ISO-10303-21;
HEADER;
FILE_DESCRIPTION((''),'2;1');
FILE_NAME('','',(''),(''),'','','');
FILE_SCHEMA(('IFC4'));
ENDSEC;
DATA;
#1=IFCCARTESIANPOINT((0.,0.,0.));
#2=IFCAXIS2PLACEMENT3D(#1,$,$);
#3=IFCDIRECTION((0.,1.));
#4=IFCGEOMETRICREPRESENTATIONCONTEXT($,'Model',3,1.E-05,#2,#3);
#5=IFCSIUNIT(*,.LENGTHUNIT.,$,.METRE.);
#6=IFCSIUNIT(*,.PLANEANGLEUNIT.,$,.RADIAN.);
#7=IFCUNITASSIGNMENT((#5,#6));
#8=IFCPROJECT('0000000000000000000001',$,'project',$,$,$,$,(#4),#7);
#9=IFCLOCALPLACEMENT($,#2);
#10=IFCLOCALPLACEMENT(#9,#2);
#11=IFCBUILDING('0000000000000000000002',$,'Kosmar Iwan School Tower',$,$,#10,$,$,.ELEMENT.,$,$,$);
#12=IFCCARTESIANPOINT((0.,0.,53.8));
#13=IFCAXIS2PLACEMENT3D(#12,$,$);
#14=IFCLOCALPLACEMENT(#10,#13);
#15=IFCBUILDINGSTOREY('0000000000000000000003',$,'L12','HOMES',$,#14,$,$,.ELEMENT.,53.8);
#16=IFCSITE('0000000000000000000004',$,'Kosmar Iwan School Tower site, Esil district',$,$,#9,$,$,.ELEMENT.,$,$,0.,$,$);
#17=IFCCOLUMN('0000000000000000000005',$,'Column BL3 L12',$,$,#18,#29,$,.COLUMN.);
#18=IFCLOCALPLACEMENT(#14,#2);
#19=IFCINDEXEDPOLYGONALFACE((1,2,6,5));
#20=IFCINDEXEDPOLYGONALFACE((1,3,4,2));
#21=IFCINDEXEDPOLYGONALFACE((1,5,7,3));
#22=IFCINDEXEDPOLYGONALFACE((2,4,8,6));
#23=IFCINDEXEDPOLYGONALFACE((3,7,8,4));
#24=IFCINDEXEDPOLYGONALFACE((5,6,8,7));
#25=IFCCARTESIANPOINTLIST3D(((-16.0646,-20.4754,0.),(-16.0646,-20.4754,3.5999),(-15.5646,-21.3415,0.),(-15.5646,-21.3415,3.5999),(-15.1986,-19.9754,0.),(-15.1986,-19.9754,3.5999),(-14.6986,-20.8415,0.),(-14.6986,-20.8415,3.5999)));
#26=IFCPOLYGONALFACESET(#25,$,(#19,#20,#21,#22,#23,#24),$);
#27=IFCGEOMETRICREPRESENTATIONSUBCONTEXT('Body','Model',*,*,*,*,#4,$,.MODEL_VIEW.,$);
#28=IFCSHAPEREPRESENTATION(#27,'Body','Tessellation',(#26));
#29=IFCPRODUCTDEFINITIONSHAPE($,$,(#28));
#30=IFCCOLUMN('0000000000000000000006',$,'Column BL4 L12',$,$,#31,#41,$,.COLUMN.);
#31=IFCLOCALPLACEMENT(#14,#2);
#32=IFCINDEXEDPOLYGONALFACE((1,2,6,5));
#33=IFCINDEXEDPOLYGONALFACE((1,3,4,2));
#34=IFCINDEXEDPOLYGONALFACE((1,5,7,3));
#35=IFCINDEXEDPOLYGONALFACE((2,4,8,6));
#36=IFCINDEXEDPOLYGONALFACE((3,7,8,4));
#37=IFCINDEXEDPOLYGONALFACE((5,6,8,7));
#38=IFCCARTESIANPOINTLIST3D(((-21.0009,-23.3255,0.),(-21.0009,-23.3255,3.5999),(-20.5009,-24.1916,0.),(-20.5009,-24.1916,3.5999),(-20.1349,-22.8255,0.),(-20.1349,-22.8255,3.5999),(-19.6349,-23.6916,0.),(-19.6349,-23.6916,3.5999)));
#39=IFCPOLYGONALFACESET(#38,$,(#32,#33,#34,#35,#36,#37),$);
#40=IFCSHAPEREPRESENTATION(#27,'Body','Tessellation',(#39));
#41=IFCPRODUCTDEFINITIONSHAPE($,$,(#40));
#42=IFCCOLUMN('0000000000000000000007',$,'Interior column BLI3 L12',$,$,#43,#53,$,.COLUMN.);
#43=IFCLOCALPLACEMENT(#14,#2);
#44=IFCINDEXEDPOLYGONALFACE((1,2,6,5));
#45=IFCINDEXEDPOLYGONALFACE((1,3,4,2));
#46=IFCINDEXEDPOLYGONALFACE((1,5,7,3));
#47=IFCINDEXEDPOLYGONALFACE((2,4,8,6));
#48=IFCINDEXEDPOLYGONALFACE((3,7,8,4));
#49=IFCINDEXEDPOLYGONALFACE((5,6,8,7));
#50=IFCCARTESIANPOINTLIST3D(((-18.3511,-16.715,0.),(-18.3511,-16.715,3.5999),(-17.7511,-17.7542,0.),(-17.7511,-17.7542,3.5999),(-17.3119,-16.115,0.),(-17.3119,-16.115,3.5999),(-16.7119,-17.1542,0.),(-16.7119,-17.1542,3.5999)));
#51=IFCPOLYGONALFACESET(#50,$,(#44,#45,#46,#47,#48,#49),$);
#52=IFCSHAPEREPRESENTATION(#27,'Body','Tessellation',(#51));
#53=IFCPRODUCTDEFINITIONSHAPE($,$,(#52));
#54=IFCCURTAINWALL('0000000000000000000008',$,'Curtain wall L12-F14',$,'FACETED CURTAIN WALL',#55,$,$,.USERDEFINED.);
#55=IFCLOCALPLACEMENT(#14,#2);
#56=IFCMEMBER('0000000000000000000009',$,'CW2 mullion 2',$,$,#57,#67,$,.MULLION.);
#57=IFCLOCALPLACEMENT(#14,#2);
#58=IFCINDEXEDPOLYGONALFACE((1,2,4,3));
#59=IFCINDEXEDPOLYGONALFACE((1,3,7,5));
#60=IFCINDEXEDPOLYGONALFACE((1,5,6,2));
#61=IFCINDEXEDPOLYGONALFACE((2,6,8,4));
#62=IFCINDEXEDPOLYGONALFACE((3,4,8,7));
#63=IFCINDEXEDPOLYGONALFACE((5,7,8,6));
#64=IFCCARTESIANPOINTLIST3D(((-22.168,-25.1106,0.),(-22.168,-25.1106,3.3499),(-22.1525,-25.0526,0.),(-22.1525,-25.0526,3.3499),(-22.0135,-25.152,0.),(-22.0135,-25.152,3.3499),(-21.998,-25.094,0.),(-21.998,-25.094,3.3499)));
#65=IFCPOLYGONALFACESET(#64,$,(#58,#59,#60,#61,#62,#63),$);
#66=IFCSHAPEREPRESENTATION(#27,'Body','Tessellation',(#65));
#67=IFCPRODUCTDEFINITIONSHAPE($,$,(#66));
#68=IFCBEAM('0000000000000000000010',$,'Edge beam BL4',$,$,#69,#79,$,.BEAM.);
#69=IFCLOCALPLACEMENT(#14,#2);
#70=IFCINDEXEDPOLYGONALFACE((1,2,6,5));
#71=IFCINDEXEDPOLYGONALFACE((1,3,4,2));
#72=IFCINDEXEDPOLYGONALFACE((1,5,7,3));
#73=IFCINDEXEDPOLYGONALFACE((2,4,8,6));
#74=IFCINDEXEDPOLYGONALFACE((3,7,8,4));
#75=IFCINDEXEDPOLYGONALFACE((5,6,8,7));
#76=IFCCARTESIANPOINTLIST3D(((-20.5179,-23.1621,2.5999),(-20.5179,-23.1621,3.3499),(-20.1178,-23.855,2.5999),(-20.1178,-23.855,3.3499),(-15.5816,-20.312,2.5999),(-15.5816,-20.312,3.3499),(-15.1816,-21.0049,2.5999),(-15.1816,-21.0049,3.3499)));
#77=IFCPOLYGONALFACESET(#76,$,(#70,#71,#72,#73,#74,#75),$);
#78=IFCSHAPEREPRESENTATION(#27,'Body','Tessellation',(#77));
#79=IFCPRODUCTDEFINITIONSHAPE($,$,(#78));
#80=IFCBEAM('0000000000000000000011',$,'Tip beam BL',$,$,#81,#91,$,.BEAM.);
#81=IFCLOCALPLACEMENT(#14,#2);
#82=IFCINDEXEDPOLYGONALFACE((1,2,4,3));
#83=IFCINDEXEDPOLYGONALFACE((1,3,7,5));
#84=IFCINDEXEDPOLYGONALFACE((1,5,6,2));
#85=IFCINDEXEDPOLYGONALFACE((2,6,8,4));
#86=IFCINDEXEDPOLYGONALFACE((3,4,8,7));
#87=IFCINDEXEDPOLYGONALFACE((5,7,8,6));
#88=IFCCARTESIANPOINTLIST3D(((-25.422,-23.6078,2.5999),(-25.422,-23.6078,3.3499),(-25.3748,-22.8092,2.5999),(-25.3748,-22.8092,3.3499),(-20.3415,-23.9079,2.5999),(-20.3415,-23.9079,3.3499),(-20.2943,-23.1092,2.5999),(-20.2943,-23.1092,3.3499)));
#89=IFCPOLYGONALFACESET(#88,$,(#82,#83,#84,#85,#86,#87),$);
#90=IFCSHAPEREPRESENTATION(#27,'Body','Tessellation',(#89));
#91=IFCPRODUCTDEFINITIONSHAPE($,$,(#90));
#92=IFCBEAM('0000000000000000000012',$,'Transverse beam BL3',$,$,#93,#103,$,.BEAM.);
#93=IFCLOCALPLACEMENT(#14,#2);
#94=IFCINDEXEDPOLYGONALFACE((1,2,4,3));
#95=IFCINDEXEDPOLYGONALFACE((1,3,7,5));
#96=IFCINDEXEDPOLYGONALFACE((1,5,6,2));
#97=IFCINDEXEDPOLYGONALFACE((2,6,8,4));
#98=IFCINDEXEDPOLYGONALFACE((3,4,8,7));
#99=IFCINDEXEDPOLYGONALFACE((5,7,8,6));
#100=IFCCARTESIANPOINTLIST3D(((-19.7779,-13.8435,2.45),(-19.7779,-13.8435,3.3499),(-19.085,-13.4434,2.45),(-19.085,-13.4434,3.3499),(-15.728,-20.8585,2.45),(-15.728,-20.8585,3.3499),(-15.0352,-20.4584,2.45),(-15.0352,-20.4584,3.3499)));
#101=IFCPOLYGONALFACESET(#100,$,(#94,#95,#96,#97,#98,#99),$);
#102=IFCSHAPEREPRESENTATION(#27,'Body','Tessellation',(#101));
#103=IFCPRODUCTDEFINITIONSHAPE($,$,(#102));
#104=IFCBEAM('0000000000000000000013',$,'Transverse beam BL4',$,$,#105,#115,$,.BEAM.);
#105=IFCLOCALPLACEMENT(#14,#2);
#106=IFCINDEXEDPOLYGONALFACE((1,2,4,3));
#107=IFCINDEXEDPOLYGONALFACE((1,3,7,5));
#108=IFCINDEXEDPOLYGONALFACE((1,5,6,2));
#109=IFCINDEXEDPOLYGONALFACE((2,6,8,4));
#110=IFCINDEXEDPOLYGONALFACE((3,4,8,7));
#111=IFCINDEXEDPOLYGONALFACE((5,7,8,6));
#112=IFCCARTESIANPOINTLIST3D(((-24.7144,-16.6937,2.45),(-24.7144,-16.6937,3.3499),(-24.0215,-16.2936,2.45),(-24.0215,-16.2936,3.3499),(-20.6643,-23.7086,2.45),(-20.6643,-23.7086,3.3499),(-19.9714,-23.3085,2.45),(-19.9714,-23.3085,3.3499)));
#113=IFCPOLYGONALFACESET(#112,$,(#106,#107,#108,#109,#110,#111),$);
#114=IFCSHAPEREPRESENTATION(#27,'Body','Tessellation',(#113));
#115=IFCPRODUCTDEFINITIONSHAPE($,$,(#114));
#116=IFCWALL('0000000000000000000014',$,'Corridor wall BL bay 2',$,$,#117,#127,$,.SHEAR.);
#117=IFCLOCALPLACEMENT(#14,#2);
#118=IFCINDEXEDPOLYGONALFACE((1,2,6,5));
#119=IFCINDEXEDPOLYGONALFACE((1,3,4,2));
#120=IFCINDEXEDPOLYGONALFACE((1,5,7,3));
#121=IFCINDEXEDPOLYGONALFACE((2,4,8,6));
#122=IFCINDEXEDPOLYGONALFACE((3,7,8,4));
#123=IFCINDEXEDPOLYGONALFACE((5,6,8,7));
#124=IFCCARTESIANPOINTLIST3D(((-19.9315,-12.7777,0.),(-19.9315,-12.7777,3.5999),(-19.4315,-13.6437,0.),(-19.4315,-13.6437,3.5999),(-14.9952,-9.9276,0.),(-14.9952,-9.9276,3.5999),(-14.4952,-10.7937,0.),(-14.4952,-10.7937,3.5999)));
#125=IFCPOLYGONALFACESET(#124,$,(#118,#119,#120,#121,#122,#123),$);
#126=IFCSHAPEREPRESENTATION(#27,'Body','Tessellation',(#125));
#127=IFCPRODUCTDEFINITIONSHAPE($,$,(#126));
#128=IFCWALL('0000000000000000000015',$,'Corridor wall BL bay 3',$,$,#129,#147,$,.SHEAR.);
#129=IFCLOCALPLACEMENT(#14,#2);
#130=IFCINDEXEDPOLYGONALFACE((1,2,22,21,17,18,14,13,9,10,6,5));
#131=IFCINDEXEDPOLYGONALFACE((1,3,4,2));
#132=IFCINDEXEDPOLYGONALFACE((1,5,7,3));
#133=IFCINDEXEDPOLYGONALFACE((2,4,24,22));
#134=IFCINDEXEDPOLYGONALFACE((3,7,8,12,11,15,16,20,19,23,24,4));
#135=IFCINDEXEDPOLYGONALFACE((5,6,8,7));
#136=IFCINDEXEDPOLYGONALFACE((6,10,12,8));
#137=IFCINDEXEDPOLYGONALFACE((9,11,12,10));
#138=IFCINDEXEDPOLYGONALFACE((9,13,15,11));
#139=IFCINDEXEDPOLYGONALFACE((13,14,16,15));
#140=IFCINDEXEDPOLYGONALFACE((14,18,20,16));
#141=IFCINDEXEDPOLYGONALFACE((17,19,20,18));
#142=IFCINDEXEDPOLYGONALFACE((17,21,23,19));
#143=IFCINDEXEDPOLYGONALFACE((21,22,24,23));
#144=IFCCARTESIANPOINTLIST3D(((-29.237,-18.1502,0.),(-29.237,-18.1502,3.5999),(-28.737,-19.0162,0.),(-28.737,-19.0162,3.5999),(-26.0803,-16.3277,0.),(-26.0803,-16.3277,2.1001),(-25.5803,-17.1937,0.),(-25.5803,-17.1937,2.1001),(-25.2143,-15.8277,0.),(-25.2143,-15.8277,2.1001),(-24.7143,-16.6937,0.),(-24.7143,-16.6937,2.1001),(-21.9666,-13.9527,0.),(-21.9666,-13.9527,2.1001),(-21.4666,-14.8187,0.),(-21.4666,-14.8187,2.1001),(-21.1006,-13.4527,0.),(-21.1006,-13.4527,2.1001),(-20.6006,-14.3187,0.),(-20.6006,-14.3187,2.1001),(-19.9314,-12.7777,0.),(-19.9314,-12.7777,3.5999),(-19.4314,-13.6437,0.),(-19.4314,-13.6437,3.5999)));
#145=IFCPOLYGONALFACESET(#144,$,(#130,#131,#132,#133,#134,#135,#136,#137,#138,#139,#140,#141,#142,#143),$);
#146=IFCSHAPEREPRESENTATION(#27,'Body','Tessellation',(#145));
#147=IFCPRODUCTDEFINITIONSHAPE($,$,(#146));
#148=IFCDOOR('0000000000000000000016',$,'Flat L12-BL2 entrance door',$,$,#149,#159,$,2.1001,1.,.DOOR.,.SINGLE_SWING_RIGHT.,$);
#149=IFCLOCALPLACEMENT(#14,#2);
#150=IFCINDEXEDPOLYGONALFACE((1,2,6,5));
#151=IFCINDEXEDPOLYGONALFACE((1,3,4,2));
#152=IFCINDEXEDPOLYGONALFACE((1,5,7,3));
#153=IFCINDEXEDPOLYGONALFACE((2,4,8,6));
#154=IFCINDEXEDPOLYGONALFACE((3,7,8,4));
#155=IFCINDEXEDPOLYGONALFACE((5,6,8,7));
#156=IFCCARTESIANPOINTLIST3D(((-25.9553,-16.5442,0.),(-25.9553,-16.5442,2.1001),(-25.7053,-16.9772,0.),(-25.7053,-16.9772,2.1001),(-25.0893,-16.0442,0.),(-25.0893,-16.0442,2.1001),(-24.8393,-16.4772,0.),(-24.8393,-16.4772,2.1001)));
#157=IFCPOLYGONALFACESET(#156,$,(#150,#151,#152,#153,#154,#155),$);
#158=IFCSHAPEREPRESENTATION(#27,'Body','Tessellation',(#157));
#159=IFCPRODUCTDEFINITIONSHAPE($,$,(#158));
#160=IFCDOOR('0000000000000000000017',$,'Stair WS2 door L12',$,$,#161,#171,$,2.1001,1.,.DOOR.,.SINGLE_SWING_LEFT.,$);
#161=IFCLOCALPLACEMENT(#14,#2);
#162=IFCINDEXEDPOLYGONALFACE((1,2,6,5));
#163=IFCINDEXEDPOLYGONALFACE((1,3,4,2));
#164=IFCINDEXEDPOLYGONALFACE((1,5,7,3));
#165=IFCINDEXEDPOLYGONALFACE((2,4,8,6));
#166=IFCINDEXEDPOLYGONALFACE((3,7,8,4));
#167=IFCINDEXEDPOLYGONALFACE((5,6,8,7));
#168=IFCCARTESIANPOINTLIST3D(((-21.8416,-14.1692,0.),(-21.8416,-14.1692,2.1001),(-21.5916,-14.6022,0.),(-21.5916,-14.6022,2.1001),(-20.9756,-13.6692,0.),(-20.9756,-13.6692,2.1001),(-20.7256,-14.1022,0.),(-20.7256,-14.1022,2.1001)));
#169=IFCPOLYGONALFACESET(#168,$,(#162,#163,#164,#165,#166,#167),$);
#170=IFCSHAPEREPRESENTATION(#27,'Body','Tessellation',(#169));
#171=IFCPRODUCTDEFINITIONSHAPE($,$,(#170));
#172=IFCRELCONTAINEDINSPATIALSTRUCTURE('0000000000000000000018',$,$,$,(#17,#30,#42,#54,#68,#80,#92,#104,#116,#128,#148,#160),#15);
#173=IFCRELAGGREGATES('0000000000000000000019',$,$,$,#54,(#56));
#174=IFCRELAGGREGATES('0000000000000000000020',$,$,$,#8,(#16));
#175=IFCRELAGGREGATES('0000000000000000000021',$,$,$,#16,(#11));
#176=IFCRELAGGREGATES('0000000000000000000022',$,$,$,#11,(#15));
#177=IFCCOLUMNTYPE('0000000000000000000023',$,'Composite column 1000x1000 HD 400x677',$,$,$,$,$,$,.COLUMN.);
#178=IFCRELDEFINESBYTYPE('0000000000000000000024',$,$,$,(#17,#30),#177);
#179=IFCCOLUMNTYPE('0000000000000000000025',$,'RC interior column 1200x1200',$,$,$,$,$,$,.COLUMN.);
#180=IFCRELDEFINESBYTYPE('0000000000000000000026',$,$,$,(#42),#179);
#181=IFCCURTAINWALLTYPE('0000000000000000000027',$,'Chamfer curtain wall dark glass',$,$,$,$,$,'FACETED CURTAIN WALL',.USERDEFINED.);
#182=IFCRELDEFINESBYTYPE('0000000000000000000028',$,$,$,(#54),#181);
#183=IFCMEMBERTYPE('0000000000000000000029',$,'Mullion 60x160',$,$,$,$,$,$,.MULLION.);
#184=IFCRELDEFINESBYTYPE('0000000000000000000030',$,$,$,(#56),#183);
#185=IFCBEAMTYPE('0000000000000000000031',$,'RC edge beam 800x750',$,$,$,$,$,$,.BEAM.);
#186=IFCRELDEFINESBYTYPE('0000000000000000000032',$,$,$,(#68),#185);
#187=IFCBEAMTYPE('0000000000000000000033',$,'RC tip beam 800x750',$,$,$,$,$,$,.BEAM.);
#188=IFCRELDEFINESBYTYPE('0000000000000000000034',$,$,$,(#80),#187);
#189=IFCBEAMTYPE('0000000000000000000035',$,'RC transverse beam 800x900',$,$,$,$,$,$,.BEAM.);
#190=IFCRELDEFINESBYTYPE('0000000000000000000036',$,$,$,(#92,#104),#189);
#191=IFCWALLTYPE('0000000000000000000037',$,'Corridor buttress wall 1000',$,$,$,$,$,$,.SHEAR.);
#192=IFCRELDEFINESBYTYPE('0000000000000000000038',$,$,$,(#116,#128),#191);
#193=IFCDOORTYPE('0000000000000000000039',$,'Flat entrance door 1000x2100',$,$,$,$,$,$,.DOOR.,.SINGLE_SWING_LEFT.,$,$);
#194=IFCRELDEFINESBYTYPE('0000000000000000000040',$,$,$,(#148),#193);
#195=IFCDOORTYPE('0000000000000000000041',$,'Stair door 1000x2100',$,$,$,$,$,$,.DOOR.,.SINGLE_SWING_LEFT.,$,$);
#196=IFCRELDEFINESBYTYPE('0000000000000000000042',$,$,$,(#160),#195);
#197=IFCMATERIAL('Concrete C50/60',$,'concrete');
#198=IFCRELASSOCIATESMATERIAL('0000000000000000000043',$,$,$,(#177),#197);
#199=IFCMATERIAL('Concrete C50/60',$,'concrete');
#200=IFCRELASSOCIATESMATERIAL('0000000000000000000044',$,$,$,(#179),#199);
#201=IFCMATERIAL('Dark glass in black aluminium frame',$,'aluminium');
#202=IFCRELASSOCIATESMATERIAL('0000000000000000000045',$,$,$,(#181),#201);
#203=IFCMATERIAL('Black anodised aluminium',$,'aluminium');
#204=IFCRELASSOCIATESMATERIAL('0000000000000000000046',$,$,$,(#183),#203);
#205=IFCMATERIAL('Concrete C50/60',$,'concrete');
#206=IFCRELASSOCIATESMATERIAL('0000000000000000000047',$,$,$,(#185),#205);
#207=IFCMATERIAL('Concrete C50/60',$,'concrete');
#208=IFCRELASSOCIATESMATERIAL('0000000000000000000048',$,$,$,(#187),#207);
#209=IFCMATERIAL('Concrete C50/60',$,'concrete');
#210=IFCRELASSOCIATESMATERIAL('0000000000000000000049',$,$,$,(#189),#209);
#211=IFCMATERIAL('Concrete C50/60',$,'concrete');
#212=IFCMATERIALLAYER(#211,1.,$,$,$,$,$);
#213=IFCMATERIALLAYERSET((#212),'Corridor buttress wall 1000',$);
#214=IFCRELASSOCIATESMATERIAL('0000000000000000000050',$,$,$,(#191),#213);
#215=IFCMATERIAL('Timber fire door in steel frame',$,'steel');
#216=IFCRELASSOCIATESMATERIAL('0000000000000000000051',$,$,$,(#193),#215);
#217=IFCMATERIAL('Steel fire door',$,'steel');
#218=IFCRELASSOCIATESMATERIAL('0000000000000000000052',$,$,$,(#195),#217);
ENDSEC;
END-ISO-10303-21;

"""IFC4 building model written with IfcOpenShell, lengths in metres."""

from ifc_helpers import new_model, si_unit, direction, frame, frame_2d, origin, origin_2d, place, context, subcontext, project, spatial, rectangle, extrude, material, layer, layer_set, material_profile, profile_set, type_object, element, fill, aggregate, save


model = new_model("IFC4")

# Units and contexts
model_context = context("Model", 3, precision=1e-05, world=origin(), true_north=direction((0.0, 1.0)))
body_context = subcontext(model_context, "Body", "Model", "MODEL_VIEW")
ifc_project = project(units=[si_unit("LENGTHUNIT", "METRE"), si_unit("PLANEANGLEUNIT", "RADIAN")], contexts=[model_context])

# Site, building, storey
site_placement = place(None, origin())
site = spatial("IfcSite", under=ifc_project, at=site_placement, Name="Kosmar Iwan School Tower site, Esil district", CompositionType="ELEMENT", RefElevation=0.0)
building_placement = place(site_placement, origin())
building = spatial("IfcBuilding", under=site, at=building_placement, Name="Kosmar Iwan School Tower", CompositionType="ELEMENT")
storey_placement = place(building_placement, frame((0.0, 0.0, 53.8)))
storey = spatial("IfcBuildingStorey", under=building, at=storey_placement, Name="L12", Description="HOMES", CompositionType="ELEMENT", Elevation=53.8)

# Columns
ifc_material_1 = material(Name="Concrete C50/60", Category="concrete")
ifc_material_profile_1 = material_profile(ifc_material_1, rectangle(XDim=1.0, YDim=1.0, at=origin_2d()), Name="RC 1000x1000 + HD 400x677")
ifc_profile_set_1 = profile_set([ifc_material_profile_1], Name="Concrete C50/60")
column_type_1 = type_object("IfcColumnType", Name="Composite column 1000x1000 HD 400x677", PredefinedType="COLUMN", material=ifc_profile_set_1)
for number, where, z_axis, x_axis, name in (
    (1, (-15.3816, -20.6584, 0.0), (0.0, 0.0, 1.0), (-0.866025, -0.5, 0.0), "Column BL3 L12"),
    (2, (-20.3179, -23.5085, 0.0), (0.0, 0.0, 1.0), (-0.866025, -0.5, 0.0), "Column BL4 L12"),
):
    element("IfcColumn", number, at=place(storey_placement, frame(where, z_axis=z_axis, x_axis=x_axis)), inside=storey, type_object=column_type_1, Name=name, PredefinedType="COLUMN", context=body_context, shape_type="SweptSolid", body=[
        extrude(rectangle(XDim=1.0, YDim=1.0, at=origin_2d()), origin(), (0.0, 0.0, 1.0), 3.5999),
    ])
ifc_material_2 = material(Name="Concrete C50/60", Category="concrete")
ifc_material_profile_2 = material_profile(ifc_material_2, rectangle(XDim=1.2, YDim=1.2, at=origin_2d()), Name="RC 1200x1200")
ifc_profile_set_2 = profile_set([ifc_material_profile_2], Name="Concrete C50/60")
column_type_2 = type_object("IfcColumnType", Name="RC interior column 1200x1200", PredefinedType="COLUMN", material=ifc_profile_set_2)
column_placement = place(storey_placement, frame((-17.5315, -16.9346, 0.0), z_axis=(0.0, 0.0, 1.0), x_axis=(-0.866025, -0.5, 0.0)))
element("IfcColumn", 3, at=column_placement, inside=storey, type_object=column_type_2, Name="Interior column BLI3 L12", PredefinedType="COLUMN", context=body_context, shape_type="SweptSolid", body=[
    extrude(rectangle(XDim=1.2, YDim=1.2, at=origin_2d()), origin(), (0.0, 0.0, 1.0), 3.5999),
])

# Curtain wall, member
ifc_material_3 = material(Name="Dark glass in black aluminium frame", Category="aluminium")
curtain_wall_type = type_object("IfcCurtainWallType", Name="Chamfer curtain wall dark glass", ElementType="FACETED CURTAIN WALL", PredefinedType="USERDEFINED", material=ifc_material_3)
curtain_wall_placement = place(storey_placement, origin())
curtain_wall = element("IfcCurtainWall", 4, at=curtain_wall_placement, inside=storey, type_object=curtain_wall_type, Name="Curtain wall L12-F14", ObjectType="FACETED CURTAIN WALL", PredefinedType="USERDEFINED")
ifc_material_4 = material(Name="Black anodised aluminium", Category="aluminium")
ifc_material_profile_3 = material_profile(ifc_material_4, rectangle(XDim=0.0601, YDim=0.1599, at=origin_2d()), Name="MULLION 60x160")
ifc_profile_set_3 = profile_set([ifc_material_profile_3], Name="Black anodised aluminium")
member_type = type_object("IfcMemberType", Name="Mullion 60x160", PredefinedType="MULLION", material=ifc_profile_set_3)
member_placement = place(storey_placement, frame((-22.083, -25.1023, 0.0), z_axis=(0.0, 0.0, 1.0), x_axis=(0.258819, 0.965926, 0.0)))
member = element("IfcMember", 5, at=member_placement, type_object=member_type, Name="CW2 mullion 2", PredefinedType="MULLION", context=body_context, shape_type="SweptSolid", body=[
    extrude(rectangle(XDim=0.0601, YDim=0.1599, at=origin_2d()), origin(), (0.0, 0.0, 1.0), 3.3499),
])
aggregate(curtain_wall, [member])

# Beams
ifc_material_5 = material(Name="Concrete C50/60", Category="concrete")
ifc_material_profile_4 = material_profile(ifc_material_5, rectangle(XDim=0.8, YDim=0.75, at=origin_2d()), Name="RC 800x750")
ifc_profile_set_4 = profile_set([ifc_material_profile_4], Name="Concrete C50/60")
beam_type_1 = type_object("IfcBeamType", Name="RC edge beam 800x750", PredefinedType="BEAM", material=ifc_profile_set_4)
beam_1_placement = place(storey_placement, frame((-15.3816, -20.6584, 2.9749), z_axis=(-0.866015, -0.500018, 0.0), x_axis=(0.500018, -0.866015, 0.0)))
element("IfcBeam", 6, at=beam_1_placement, inside=storey, type_object=beam_type_1, Name="Edge beam BL4", PredefinedType="BEAM", context=body_context, shape_type="SweptSolid", body=[
    extrude(rectangle(XDim=0.8, YDim=0.75, at=origin_2d()), origin(), (0.0, 0.0, 1.0), 5.7),
])
ifc_material_6 = material(Name="Concrete C50/60", Category="concrete")
ifc_material_profile_5 = material_profile(ifc_material_6, rectangle(XDim=0.8, YDim=0.75, at=origin_2d()), Name="RC 800x750")
ifc_profile_set_5 = profile_set([ifc_material_profile_5], Name="Concrete C50/60")
beam_type_2 = type_object("IfcBeamType", Name="RC tip beam 800x750", PredefinedType="BEAM", material=ifc_profile_set_5)
beam_2_placement = place(storey_placement, frame((-20.3179, -23.5085, 2.9749), z_axis=(-0.998261, 0.058955, 0.0), x_axis=(-0.058955, -0.998261, 0.0)))
element("IfcBeam", 7, at=beam_2_placement, inside=storey, type_object=beam_type_2, Name="Tip beam BL", PredefinedType="BEAM", context=body_context, shape_type="SweptSolid", body=[
    extrude(rectangle(XDim=0.8, YDim=0.75, at=origin_2d()), origin(), (0.0, 0.0, 1.0), 5.0894),
])
ifc_material_7 = material(Name="Concrete C50/60", Category="concrete")
ifc_material_profile_6 = material_profile(ifc_material_7, rectangle(XDim=0.8, YDim=0.8999, at=origin_2d()), Name="RC 800x900")
ifc_profile_set_6 = profile_set([ifc_material_profile_6], Name="Concrete C50/60")
beam_type_3 = type_object("IfcBeamType", Name="RC transverse beam 800x900", PredefinedType="BEAM", material=ifc_profile_set_6)
for number, where, z_axis, x_axis, name in (
    (8, (-15.3816, -20.6584, 2.8999), (-0.499977, 0.866039, 0.0), (-0.866039, -0.499977, 0.0), "Transverse beam BL3"),
    (9, (-20.3179, -23.5085, 2.8999), (-0.5, 0.866025, 0.0), (-0.866025, -0.5, 0.0), "Transverse beam BL4"),
):
    element("IfcBeam", number, at=place(storey_placement, frame(where, z_axis=z_axis, x_axis=x_axis)), inside=storey, type_object=beam_type_3, Name=name, PredefinedType="BEAM", context=body_context, shape_type="SweptSolid", body=[
        extrude(rectangle(XDim=0.8, YDim=0.8999, at=origin_2d()), origin(), (0.0, 0.0, 1.0), 8.1001),
    ])

# Wall
ifc_material_8 = material(Name="Concrete C50/60", Category="concrete")
ifc_layer_1 = layer(ifc_material_8, 1.0)
ifc_layer_set_1 = layer_set([ifc_layer_1], Name="Corridor buttress wall 1000")
wall_type_1 = type_object("IfcWallType", Name="Corridor buttress wall 1000", PredefinedType="SHEAR", material=ifc_layer_set_1)
wall_1_placement = place(storey_placement, frame((-14.7451, -10.3606, 0.0), z_axis=(0.0, 0.0, 1.0), x_axis=(-0.866015, -0.500018, 0.0)))
element("IfcWall", 10, at=wall_1_placement, inside=storey, type_object=wall_type_1, Name="Corridor wall BL bay 2", PredefinedType="SHEAR", context=body_context, shape_type="SweptSolid", body=[
    extrude(rectangle(XDim=5.7, YDim=1.0, at=frame_2d((2.8501, 0.0))), origin(), (0.0, 0.0, 1.0), 3.5999),
])

# Wall, openings, doors
wall_2_placement = place(storey_placement, frame((-19.6814, -13.2107, 0.0), z_axis=(0.0, 0.0, 1.0), x_axis=(-0.866028, -0.499995, 0.0)))
wall_2 = element("IfcWall", 11, at=wall_2_placement, inside=storey, type_object=wall_type_1, Name="Corridor wall BL bay 3", PredefinedType="SHEAR", context=body_context, shape_type="SweptSolid", body=[
    extrude(rectangle(XDim=10.7451, YDim=1.0, at=frame_2d((5.3726, 0.0))), origin(), (0.0, 0.0, 1.0), 3.5999),
])
opening_1_placement = place(wall_2_placement, frame((6.1001, 0.0, 0.0)))
opening_1 = element("IfcOpeningElement", 12, at=opening_1_placement, cuts=wall_2, PredefinedType="OPENING", context=body_context, shape_type="SweptSolid", body=[
    extrude(rectangle(XDim=1.0, YDim=2.1001, at=frame_2d((0.5, 1.05))), frame((0.0, 0.512, 0.0), z_axis=(0.0, -1.0, 0.0), x_axis=(1.0, 0.0, 0.0)), (0.0, 0.0, 1.0), 1.0239),
])
opening_2_placement = place(wall_2_placement, frame((1.3501, 0.0, 0.0)))
opening_2 = element("IfcOpeningElement", 13, at=opening_2_placement, cuts=wall_2, PredefinedType="OPENING", context=body_context, shape_type="SweptSolid", body=[
    extrude(rectangle(XDim=1.0, YDim=2.1001, at=frame_2d((0.5, 1.05))), frame((0.0, 0.512, 0.0), z_axis=(0.0, -1.0, 0.0), x_axis=(1.0, 0.0, 0.0)), (0.0, 0.0, 1.0), 1.0239),
])
ifc_material_9 = material(Name="Timber fire door in steel frame", Category="steel")
door_type_1 = type_object("IfcDoorType", Name="Flat entrance door 1000x2100", OperationType="SINGLE_SWING_LEFT", PredefinedType="DOOR", material=ifc_material_9)
door_1_placement = place(opening_1_placement, origin())
door_1 = element("IfcDoor", 14, at=door_1_placement, inside=storey, type_object=door_type_1, Name="Flat L12-BL2 entrance door", OperationType="SINGLE_SWING_RIGHT", OverallHeight=2.1001, OverallWidth=1.0, PredefinedType="DOOR", context=body_context, shape_type="SweptSolid", body=[
    extrude(rectangle(XDim=1.0, YDim=2.1001, at=frame_2d((0.5, 1.05))), frame((0.0, 0.25, 0.0), z_axis=(0.0, -1.0, 0.0), x_axis=(1.0, 0.0, 0.0)), (0.0, 0.0, 1.0), 0.5),
])
fill(opening_1, door_1)
ifc_material_10 = material(Name="Steel fire door", Category="steel")
door_type_2 = type_object("IfcDoorType", Name="Stair door 1000x2100", OperationType="SINGLE_SWING_LEFT", PredefinedType="DOOR", material=ifc_material_10)
door_2_placement = place(opening_2_placement, origin())
door_2 = element("IfcDoor", 15, at=door_2_placement, inside=storey, type_object=door_type_2, Name="Stair WS2 door L12", OperationType="SINGLE_SWING_LEFT", OverallHeight=2.1001, OverallWidth=1.0, PredefinedType="DOOR", context=body_context, shape_type="SweptSolid", body=[
    extrude(rectangle(XDim=1.0, YDim=2.1001, at=frame_2d((0.5, 1.05))), frame((0.0, 0.25, 0.0), z_axis=(0.0, -1.0, 0.0), x_axis=(1.0, 0.0, 0.0)), (0.0, 0.0, 1.0), 0.5),
])
fill(opening_2, door_2)

save(model, "model.ifc")
